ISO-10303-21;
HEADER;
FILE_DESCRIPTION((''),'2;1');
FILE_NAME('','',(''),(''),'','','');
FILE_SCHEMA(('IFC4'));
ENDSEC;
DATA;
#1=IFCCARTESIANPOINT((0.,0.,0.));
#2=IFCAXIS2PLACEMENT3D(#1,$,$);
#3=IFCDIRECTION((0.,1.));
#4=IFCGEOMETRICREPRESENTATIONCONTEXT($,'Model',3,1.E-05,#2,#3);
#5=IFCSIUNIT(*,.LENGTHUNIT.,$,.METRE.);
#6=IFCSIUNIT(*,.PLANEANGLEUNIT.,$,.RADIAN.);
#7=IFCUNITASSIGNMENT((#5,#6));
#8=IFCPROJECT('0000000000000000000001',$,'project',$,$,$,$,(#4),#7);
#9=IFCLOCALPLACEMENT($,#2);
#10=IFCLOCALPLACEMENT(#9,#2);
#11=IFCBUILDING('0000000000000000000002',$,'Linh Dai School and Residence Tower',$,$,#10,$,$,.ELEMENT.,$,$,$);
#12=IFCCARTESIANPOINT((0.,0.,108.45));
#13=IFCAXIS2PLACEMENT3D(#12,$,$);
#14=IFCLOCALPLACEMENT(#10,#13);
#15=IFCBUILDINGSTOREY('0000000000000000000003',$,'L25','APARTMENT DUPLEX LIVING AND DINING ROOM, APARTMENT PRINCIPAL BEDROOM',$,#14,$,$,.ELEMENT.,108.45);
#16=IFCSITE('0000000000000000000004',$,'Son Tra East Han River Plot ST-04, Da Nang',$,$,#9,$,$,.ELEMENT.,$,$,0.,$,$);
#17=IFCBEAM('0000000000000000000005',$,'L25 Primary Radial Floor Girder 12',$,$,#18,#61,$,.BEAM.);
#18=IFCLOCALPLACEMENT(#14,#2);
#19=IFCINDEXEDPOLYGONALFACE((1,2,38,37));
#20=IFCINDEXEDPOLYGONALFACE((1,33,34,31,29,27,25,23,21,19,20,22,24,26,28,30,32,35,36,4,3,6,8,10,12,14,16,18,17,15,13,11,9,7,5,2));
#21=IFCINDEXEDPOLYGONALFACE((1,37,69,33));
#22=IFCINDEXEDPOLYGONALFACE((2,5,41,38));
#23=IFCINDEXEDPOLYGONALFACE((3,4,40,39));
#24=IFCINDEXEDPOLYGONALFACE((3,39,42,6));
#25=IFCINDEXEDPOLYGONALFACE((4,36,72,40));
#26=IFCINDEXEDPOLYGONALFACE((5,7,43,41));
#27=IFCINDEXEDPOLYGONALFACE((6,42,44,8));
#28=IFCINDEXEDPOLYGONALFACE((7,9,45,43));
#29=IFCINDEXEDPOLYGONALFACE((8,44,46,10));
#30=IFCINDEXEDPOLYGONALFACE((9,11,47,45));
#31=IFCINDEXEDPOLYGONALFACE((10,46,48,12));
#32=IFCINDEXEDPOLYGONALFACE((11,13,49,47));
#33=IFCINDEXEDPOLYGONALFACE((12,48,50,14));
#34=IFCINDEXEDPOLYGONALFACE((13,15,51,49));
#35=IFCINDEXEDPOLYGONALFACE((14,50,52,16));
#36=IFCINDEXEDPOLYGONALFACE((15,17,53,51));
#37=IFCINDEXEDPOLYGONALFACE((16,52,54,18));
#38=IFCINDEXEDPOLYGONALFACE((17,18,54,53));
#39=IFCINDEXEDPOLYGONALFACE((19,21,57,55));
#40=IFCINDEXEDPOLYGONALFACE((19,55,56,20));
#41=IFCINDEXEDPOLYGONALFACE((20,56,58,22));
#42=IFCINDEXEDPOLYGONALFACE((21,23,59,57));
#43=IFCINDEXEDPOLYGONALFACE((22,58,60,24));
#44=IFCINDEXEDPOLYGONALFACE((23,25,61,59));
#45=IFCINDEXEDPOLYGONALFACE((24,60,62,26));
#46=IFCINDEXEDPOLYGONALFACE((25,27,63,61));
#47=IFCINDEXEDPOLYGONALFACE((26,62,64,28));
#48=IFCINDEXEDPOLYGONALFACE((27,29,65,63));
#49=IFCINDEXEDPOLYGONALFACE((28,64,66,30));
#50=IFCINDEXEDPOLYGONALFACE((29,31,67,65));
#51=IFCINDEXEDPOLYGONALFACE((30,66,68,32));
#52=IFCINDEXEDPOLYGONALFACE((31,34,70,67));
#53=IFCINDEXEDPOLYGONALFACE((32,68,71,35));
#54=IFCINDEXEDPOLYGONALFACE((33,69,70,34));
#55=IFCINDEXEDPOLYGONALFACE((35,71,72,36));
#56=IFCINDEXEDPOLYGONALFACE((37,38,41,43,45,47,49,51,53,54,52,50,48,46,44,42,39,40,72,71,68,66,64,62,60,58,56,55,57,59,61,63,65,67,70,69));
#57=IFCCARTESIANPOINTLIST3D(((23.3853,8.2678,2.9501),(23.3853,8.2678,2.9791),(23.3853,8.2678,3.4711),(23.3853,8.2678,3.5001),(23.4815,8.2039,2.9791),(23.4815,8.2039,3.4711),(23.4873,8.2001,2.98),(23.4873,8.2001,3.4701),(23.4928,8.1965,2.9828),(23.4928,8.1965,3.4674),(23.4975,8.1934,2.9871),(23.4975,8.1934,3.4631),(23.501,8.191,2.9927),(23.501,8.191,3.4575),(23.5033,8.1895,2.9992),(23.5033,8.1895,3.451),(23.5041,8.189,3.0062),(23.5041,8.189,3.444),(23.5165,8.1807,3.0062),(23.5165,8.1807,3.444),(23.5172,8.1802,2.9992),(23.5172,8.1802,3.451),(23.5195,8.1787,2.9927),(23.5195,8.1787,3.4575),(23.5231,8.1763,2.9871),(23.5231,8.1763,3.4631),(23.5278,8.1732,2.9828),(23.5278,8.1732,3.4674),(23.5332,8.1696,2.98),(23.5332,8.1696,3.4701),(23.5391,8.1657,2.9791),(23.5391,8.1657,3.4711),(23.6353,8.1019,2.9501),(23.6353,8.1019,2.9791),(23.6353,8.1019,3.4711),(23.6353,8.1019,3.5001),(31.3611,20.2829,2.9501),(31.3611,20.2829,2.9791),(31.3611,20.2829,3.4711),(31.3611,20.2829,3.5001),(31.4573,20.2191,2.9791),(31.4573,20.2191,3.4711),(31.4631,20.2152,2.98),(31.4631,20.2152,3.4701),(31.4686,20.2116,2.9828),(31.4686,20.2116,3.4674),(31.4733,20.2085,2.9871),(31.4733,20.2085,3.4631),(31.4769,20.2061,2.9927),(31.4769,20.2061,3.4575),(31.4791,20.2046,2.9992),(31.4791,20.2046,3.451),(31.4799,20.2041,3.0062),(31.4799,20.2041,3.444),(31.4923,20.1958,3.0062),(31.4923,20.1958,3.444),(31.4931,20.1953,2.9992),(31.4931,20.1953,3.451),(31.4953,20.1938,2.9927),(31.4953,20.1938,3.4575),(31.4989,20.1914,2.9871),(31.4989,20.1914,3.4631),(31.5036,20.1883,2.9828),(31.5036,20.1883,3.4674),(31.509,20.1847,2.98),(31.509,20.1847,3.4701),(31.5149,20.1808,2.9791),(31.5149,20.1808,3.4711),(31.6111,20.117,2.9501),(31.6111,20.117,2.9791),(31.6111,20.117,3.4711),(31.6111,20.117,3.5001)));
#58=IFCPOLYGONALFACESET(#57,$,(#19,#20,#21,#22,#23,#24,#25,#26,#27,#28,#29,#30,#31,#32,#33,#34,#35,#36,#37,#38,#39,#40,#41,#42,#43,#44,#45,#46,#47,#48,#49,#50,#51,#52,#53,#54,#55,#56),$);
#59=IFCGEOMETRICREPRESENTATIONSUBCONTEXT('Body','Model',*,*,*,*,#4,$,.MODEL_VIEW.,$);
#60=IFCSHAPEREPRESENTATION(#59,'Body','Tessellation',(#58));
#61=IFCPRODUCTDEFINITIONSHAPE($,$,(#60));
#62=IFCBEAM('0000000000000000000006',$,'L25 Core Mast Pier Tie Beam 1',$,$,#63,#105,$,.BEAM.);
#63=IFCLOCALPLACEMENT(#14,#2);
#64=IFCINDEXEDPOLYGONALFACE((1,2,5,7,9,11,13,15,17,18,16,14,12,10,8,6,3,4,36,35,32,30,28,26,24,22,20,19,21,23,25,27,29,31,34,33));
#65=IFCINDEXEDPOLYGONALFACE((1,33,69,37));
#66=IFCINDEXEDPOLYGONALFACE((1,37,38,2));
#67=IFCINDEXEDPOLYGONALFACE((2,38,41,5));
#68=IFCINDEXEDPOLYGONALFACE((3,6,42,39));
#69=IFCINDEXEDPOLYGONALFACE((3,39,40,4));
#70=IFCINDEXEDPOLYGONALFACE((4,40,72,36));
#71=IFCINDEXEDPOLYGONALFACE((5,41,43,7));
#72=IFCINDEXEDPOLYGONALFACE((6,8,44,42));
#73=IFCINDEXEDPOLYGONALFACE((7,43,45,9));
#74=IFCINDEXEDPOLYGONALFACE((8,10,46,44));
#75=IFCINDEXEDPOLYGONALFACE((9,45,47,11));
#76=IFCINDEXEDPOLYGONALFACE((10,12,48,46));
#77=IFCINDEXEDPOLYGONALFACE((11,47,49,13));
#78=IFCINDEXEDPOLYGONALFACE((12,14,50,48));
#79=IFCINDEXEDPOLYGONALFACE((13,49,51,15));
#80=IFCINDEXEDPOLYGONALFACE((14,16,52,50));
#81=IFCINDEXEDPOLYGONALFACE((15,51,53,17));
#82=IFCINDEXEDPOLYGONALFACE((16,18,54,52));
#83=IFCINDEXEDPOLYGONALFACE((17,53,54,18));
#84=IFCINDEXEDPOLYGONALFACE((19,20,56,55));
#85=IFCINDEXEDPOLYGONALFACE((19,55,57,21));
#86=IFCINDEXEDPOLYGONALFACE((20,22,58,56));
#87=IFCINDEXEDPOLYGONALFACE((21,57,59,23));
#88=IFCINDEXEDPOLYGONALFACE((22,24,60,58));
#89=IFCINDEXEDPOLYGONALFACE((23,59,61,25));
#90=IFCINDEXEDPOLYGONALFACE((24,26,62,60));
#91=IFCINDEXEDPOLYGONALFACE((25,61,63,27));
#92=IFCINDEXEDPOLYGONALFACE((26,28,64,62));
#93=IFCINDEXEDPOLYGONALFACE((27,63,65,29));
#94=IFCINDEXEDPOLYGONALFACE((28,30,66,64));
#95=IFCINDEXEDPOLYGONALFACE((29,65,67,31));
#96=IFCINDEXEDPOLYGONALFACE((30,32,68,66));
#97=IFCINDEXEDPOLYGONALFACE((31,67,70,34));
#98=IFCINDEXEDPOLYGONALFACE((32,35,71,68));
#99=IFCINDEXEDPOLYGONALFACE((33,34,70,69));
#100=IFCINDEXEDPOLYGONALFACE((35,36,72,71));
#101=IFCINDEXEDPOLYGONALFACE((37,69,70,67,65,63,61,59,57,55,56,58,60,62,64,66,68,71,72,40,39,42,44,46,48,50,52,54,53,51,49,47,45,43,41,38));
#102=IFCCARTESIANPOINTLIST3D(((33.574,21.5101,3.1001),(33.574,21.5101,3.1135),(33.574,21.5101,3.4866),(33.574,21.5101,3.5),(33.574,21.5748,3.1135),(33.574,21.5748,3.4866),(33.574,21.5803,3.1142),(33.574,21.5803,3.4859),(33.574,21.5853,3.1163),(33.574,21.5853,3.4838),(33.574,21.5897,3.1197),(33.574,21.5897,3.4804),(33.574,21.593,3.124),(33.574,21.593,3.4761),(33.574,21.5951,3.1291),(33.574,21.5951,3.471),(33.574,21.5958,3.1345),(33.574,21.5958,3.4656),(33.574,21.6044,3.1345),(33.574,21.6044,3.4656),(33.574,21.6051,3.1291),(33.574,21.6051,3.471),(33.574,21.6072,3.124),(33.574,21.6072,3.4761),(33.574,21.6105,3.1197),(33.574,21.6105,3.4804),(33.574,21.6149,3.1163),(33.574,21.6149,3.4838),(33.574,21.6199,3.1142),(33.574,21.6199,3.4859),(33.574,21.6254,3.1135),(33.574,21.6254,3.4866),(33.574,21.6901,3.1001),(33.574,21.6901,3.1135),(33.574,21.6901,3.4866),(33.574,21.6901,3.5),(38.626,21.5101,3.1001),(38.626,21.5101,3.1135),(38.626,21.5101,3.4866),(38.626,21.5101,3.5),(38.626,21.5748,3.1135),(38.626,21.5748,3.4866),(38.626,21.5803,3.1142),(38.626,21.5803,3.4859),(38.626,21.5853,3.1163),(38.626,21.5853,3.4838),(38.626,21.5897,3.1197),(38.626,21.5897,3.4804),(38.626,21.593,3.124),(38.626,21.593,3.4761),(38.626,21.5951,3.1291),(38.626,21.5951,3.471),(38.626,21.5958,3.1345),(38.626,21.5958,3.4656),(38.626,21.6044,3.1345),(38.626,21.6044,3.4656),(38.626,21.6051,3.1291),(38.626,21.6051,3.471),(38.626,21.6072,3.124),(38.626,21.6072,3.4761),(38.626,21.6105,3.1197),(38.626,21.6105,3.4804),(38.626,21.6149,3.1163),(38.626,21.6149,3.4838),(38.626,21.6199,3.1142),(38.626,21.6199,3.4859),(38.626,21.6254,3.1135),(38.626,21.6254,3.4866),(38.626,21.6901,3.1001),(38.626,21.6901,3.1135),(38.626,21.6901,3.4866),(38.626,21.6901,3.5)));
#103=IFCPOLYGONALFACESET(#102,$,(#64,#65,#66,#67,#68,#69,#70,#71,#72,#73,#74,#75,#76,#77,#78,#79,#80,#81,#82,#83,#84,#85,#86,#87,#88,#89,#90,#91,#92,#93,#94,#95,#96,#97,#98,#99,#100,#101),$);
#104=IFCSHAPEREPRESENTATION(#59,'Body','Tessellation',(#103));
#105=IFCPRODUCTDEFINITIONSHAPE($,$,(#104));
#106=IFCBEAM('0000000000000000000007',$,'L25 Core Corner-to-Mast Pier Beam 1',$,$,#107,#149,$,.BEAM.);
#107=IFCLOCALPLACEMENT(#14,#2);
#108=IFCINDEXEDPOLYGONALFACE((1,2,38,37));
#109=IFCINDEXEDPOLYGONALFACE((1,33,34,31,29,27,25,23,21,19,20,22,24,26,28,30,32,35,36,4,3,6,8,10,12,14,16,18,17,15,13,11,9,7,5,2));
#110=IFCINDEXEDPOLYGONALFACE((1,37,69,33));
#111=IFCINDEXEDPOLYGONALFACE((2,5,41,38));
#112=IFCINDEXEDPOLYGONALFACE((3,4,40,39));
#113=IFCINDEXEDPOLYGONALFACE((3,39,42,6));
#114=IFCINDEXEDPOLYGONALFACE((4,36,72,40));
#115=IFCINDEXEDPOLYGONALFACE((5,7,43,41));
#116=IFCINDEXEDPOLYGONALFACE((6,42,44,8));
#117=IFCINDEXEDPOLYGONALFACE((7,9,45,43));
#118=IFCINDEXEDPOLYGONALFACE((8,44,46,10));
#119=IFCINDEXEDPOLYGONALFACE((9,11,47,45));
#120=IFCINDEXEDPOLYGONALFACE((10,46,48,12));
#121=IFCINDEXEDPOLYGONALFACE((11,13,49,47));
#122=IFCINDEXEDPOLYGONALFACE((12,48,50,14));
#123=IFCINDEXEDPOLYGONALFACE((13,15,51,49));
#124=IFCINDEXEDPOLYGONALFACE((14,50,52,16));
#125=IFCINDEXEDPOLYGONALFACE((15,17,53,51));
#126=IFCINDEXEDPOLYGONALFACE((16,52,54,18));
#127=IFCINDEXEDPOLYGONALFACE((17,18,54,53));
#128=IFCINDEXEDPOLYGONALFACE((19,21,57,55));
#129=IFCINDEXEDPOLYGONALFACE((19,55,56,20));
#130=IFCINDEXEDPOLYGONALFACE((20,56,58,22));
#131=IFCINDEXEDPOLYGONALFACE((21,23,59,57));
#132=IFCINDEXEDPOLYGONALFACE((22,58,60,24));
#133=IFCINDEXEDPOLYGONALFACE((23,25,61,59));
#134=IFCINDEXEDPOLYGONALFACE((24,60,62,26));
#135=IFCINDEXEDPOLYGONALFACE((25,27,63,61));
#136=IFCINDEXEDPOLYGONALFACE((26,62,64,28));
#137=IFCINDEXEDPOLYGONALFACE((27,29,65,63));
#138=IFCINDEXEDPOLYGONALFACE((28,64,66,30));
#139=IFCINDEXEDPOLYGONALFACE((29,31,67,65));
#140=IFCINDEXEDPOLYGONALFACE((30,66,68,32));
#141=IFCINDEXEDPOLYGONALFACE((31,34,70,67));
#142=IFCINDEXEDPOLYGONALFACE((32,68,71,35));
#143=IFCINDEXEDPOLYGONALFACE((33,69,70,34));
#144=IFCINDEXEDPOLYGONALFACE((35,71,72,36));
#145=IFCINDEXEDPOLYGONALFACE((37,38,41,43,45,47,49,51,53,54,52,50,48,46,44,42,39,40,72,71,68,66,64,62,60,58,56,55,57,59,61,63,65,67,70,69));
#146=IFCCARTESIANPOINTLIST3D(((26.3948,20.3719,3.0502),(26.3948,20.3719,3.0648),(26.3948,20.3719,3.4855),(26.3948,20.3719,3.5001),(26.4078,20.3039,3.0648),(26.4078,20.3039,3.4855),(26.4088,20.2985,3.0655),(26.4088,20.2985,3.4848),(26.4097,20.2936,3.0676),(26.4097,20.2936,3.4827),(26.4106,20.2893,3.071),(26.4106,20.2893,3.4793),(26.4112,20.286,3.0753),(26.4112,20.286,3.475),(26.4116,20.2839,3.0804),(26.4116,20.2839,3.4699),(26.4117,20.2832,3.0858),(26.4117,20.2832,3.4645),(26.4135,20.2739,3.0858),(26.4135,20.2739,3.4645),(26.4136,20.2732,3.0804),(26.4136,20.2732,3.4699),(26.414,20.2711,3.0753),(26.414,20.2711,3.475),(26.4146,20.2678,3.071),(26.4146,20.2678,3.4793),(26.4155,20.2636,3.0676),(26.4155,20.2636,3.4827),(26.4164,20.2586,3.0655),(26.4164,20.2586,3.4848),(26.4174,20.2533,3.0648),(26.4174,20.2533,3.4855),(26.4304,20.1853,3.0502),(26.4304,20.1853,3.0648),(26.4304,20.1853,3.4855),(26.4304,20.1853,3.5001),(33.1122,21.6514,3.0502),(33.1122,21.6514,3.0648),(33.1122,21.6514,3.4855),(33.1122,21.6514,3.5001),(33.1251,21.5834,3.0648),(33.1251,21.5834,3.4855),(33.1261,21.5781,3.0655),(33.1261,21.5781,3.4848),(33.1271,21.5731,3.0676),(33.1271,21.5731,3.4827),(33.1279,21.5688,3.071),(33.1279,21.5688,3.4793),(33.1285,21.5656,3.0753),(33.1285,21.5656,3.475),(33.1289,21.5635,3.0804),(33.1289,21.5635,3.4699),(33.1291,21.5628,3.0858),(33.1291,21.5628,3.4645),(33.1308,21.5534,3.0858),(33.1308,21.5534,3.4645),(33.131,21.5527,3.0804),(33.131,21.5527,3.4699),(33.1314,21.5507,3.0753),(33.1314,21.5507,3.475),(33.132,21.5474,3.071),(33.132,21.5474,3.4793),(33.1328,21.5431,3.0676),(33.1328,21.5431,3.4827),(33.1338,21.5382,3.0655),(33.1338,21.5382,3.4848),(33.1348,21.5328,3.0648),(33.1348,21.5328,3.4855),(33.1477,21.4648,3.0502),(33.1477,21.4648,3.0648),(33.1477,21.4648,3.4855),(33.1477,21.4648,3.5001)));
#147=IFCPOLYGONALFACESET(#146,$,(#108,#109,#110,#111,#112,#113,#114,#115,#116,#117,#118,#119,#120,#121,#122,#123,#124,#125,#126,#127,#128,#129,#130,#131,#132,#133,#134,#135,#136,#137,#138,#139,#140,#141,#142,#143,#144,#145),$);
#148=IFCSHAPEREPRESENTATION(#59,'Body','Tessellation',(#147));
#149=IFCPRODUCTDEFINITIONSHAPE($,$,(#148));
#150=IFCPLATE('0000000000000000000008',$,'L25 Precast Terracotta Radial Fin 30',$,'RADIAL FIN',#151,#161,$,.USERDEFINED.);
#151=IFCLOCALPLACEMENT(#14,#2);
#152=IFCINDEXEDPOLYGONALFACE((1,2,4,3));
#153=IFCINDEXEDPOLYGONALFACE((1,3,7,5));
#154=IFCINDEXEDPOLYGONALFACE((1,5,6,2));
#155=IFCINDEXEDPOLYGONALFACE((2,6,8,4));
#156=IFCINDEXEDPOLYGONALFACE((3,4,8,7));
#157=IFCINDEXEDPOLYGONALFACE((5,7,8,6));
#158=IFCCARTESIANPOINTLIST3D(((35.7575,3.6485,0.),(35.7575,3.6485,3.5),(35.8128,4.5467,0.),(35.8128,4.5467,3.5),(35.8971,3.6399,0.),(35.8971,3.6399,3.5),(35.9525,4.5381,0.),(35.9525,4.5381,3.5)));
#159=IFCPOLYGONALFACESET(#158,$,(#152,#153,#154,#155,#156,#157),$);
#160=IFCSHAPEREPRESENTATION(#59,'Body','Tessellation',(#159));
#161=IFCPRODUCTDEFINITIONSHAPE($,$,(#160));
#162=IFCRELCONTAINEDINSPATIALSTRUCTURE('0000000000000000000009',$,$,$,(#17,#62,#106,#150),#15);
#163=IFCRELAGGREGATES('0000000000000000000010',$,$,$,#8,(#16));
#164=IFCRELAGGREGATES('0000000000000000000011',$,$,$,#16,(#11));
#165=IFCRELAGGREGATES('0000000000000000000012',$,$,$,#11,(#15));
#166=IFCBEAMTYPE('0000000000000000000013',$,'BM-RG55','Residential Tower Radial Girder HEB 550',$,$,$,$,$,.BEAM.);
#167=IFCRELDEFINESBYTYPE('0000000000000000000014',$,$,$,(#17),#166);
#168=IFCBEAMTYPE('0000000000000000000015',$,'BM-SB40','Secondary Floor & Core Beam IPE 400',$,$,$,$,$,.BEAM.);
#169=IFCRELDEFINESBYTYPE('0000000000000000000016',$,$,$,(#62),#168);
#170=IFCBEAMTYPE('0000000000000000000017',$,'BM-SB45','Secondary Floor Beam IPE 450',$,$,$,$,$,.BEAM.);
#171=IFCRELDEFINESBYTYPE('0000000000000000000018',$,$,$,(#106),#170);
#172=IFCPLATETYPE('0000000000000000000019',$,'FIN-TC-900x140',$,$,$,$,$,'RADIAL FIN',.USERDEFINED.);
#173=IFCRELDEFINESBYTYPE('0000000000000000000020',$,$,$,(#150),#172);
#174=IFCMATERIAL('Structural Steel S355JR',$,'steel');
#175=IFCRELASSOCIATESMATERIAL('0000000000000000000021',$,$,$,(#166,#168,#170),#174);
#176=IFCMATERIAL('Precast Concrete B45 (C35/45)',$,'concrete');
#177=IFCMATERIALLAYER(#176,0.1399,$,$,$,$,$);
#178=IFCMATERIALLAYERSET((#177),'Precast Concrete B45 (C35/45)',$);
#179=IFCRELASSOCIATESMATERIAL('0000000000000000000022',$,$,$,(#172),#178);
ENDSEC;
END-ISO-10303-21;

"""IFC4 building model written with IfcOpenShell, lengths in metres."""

from ifc_helpers import new_model, si_unit, direction, frame, origin, origin_2d, place, context, subcontext, project, spatial, rectangle, i_section, extrude, source, transform, mapped, material, layer, layer_set, material_profile, profile_set, type_object, element, save


model = new_model("IFC4")

# Units and contexts
model_context = context("Model", 3, precision=1e-05, world=origin(), true_north=direction((0.0, 1.0)))
body_context = subcontext(model_context, "Body", "Model", "MODEL_VIEW")
ifc_project = project(units=[si_unit("LENGTHUNIT", "METRE"), si_unit("PLANEANGLEUNIT", "RADIAN")], contexts=[model_context])

# Site, building, storey
site_placement = place(None, origin())
site = spatial("IfcSite", under=ifc_project, at=site_placement, Name="Son Tra East Han River Plot ST-04, Da Nang", CompositionType="ELEMENT", RefElevation=0.0)
building_placement = place(site_placement, origin())
building = spatial("IfcBuilding", under=site, at=building_placement, Name="Linh Dai School and Residence Tower", CompositionType="ELEMENT")
storey_placement = place(building_placement, frame((0.0, 0.0, 108.45)))
storey = spatial("IfcBuildingStorey", under=building, at=storey_placement, Name="L25", Description="APARTMENT DUPLEX LIVING AND DINING ROOM, APARTMENT PRINCIPAL BEDROOM", CompositionType="ELEMENT", Elevation=108.45)

# Shared definitions
ifc_material_1 = material(Name="Structural Steel S355JR", Category="steel")

# Beams
ifc_material_profile_1 = material_profile(ifc_material_1, i_section(OverallWidth=0.3, OverallDepth=0.55, WebThickness=0.0149, FlangeThickness=0.0291, FilletRadius=0.0271, at=origin_2d()), Name="HEB 550")
ifc_profile_set_1 = profile_set([ifc_material_profile_1], Name="Structural Steel S355JR")
beam_type_1 = type_object("IfcBeamType", Name="BM-RG55", Description="Residential Tower Radial Girder HEB 550", PredefinedType="BEAM", material=ifc_profile_set_1)
beam_1_placement = place(storey_placement, frame((31.4861, 20.2, 3.2251), z_axis=(-0.553054, -0.833145, 0.0), x_axis=(0.833145, -0.553054, 0.0)))
element("IfcBeam", 1, at=beam_1_placement, inside=storey, type_object=beam_type_1, Name="L25 Primary Radial Floor Girder 12", PredefinedType="BEAM", context=body_context, shape_type="SweptSolid", body=[
    extrude(i_section(OverallWidth=0.3, OverallDepth=0.55, WebThickness=0.0149, FlangeThickness=0.0291, FilletRadius=0.0271, at=origin_2d()), origin(), (0.0, 0.0, 1.0), 14.4214),
])
ifc_material_profile_2 = material_profile(ifc_material_1, i_section(OverallWidth=0.1799, OverallDepth=0.3999, WebThickness=0.0085, FlangeThickness=0.0134, FilletRadius=0.021, at=origin_2d()), Name="IPE 400")
ifc_profile_set_2 = profile_set([ifc_material_profile_2], Name="Structural Steel S355JR")
beam_type_2 = type_object("IfcBeamType", Name="BM-SB40", Description="Secondary Floor & Core Beam IPE 400", PredefinedType="BEAM", material=ifc_profile_set_2)
beam_2_placement = place(storey_placement, frame((33.574, 21.6001, 3.3), z_axis=(1.0, 0.0, 0.0), x_axis=(0.0, 1.0, 0.0)))
element("IfcBeam", 2, at=beam_2_placement, inside=storey, type_object=beam_type_2, Name="L25 Core Mast Pier Tie Beam 1", PredefinedType="BEAM", context=body_context, shape_type="SweptSolid", body=[
    extrude(i_section(OverallWidth=0.1799, OverallDepth=0.3999, WebThickness=0.0085, FlangeThickness=0.0134, FilletRadius=0.021, at=origin_2d()), origin(), (0.0, 0.0, 1.0), 5.052),
])
ifc_material_profile_3 = material_profile(ifc_material_1, i_section(OverallWidth=0.1899, OverallDepth=0.45, WebThickness=0.0095, FlangeThickness=0.0146, FilletRadius=0.021, at=origin_2d()), Name="IPE 450")
ifc_profile_set_3 = profile_set([ifc_material_profile_3], Name="Structural Steel S355JR")
beam_type_3 = type_object("IfcBeamType", Name="BM-SB45", Description="Secondary Floor Beam IPE 450", PredefinedType="BEAM", material=ifc_profile_set_3)
beam_3_placement = place(storey_placement, frame((26.4126, 20.2786, 3.2751), z_axis=(0.982337, 0.18712, 0.0), x_axis=(-0.18712, 0.982337, 0.0)))
element("IfcBeam", 3, at=beam_3_placement, inside=storey, type_object=beam_type_3, Name="L25 Core Corner-to-Mast Pier Beam 1", PredefinedType="BEAM", context=body_context, shape_type="SweptSolid", body=[
    extrude(i_section(OverallWidth=0.1899, OverallDepth=0.45, WebThickness=0.0095, FlangeThickness=0.0146, FilletRadius=0.021, at=origin_2d()), origin(), (0.0, 0.0, 1.0), 6.8381),
])

# Plate
ifc_material_2 = material(Name="Precast Concrete B45 (C35/45)", Category="concrete")
ifc_layer_1 = layer(ifc_material_2, 0.1399)
ifc_layer_set_1 = layer_set([ifc_layer_1], Name="Precast Concrete B45 (C35/45)")
plate_type = type_object("IfcPlateType", Name="FIN-TC-900x140", ElementType="RADIAL FIN", PredefinedType="USERDEFINED", material=ifc_layer_set_1)
shared_shape_1 = source(origin(), body_context, "Body", "SweptSolid", [
    extrude(rectangle(XDim=0.8999, YDim=0.1399, at=origin_2d()), origin(), (0.0, 0.0, 1.0), 3.5),
])
plate_placement = place(storey_placement, frame((35.855, 4.0933, 0.0), z_axis=(0.0, 0.0, 1.0), x_axis=(-0.061509, -0.998107, 0.0)))
element("IfcPlate", 4, at=plate_placement, inside=storey, type_object=plate_type, Name="L25 Precast Terracotta Radial Fin 30", ObjectType="RADIAL FIN", PredefinedType="USERDEFINED", context=body_context, shape_type="MappedRepresentation", body=[
    mapped(shared_shape_1, transform((0.0, 0.0, 0.0), x_axis=(1.0, 0.0, 0.0), y_axis=(0.0, 1.0, 0.0), z_axis=(0.0, 0.0, 1.0), scale=1.0)),
])

save(model, "model.ifc")
